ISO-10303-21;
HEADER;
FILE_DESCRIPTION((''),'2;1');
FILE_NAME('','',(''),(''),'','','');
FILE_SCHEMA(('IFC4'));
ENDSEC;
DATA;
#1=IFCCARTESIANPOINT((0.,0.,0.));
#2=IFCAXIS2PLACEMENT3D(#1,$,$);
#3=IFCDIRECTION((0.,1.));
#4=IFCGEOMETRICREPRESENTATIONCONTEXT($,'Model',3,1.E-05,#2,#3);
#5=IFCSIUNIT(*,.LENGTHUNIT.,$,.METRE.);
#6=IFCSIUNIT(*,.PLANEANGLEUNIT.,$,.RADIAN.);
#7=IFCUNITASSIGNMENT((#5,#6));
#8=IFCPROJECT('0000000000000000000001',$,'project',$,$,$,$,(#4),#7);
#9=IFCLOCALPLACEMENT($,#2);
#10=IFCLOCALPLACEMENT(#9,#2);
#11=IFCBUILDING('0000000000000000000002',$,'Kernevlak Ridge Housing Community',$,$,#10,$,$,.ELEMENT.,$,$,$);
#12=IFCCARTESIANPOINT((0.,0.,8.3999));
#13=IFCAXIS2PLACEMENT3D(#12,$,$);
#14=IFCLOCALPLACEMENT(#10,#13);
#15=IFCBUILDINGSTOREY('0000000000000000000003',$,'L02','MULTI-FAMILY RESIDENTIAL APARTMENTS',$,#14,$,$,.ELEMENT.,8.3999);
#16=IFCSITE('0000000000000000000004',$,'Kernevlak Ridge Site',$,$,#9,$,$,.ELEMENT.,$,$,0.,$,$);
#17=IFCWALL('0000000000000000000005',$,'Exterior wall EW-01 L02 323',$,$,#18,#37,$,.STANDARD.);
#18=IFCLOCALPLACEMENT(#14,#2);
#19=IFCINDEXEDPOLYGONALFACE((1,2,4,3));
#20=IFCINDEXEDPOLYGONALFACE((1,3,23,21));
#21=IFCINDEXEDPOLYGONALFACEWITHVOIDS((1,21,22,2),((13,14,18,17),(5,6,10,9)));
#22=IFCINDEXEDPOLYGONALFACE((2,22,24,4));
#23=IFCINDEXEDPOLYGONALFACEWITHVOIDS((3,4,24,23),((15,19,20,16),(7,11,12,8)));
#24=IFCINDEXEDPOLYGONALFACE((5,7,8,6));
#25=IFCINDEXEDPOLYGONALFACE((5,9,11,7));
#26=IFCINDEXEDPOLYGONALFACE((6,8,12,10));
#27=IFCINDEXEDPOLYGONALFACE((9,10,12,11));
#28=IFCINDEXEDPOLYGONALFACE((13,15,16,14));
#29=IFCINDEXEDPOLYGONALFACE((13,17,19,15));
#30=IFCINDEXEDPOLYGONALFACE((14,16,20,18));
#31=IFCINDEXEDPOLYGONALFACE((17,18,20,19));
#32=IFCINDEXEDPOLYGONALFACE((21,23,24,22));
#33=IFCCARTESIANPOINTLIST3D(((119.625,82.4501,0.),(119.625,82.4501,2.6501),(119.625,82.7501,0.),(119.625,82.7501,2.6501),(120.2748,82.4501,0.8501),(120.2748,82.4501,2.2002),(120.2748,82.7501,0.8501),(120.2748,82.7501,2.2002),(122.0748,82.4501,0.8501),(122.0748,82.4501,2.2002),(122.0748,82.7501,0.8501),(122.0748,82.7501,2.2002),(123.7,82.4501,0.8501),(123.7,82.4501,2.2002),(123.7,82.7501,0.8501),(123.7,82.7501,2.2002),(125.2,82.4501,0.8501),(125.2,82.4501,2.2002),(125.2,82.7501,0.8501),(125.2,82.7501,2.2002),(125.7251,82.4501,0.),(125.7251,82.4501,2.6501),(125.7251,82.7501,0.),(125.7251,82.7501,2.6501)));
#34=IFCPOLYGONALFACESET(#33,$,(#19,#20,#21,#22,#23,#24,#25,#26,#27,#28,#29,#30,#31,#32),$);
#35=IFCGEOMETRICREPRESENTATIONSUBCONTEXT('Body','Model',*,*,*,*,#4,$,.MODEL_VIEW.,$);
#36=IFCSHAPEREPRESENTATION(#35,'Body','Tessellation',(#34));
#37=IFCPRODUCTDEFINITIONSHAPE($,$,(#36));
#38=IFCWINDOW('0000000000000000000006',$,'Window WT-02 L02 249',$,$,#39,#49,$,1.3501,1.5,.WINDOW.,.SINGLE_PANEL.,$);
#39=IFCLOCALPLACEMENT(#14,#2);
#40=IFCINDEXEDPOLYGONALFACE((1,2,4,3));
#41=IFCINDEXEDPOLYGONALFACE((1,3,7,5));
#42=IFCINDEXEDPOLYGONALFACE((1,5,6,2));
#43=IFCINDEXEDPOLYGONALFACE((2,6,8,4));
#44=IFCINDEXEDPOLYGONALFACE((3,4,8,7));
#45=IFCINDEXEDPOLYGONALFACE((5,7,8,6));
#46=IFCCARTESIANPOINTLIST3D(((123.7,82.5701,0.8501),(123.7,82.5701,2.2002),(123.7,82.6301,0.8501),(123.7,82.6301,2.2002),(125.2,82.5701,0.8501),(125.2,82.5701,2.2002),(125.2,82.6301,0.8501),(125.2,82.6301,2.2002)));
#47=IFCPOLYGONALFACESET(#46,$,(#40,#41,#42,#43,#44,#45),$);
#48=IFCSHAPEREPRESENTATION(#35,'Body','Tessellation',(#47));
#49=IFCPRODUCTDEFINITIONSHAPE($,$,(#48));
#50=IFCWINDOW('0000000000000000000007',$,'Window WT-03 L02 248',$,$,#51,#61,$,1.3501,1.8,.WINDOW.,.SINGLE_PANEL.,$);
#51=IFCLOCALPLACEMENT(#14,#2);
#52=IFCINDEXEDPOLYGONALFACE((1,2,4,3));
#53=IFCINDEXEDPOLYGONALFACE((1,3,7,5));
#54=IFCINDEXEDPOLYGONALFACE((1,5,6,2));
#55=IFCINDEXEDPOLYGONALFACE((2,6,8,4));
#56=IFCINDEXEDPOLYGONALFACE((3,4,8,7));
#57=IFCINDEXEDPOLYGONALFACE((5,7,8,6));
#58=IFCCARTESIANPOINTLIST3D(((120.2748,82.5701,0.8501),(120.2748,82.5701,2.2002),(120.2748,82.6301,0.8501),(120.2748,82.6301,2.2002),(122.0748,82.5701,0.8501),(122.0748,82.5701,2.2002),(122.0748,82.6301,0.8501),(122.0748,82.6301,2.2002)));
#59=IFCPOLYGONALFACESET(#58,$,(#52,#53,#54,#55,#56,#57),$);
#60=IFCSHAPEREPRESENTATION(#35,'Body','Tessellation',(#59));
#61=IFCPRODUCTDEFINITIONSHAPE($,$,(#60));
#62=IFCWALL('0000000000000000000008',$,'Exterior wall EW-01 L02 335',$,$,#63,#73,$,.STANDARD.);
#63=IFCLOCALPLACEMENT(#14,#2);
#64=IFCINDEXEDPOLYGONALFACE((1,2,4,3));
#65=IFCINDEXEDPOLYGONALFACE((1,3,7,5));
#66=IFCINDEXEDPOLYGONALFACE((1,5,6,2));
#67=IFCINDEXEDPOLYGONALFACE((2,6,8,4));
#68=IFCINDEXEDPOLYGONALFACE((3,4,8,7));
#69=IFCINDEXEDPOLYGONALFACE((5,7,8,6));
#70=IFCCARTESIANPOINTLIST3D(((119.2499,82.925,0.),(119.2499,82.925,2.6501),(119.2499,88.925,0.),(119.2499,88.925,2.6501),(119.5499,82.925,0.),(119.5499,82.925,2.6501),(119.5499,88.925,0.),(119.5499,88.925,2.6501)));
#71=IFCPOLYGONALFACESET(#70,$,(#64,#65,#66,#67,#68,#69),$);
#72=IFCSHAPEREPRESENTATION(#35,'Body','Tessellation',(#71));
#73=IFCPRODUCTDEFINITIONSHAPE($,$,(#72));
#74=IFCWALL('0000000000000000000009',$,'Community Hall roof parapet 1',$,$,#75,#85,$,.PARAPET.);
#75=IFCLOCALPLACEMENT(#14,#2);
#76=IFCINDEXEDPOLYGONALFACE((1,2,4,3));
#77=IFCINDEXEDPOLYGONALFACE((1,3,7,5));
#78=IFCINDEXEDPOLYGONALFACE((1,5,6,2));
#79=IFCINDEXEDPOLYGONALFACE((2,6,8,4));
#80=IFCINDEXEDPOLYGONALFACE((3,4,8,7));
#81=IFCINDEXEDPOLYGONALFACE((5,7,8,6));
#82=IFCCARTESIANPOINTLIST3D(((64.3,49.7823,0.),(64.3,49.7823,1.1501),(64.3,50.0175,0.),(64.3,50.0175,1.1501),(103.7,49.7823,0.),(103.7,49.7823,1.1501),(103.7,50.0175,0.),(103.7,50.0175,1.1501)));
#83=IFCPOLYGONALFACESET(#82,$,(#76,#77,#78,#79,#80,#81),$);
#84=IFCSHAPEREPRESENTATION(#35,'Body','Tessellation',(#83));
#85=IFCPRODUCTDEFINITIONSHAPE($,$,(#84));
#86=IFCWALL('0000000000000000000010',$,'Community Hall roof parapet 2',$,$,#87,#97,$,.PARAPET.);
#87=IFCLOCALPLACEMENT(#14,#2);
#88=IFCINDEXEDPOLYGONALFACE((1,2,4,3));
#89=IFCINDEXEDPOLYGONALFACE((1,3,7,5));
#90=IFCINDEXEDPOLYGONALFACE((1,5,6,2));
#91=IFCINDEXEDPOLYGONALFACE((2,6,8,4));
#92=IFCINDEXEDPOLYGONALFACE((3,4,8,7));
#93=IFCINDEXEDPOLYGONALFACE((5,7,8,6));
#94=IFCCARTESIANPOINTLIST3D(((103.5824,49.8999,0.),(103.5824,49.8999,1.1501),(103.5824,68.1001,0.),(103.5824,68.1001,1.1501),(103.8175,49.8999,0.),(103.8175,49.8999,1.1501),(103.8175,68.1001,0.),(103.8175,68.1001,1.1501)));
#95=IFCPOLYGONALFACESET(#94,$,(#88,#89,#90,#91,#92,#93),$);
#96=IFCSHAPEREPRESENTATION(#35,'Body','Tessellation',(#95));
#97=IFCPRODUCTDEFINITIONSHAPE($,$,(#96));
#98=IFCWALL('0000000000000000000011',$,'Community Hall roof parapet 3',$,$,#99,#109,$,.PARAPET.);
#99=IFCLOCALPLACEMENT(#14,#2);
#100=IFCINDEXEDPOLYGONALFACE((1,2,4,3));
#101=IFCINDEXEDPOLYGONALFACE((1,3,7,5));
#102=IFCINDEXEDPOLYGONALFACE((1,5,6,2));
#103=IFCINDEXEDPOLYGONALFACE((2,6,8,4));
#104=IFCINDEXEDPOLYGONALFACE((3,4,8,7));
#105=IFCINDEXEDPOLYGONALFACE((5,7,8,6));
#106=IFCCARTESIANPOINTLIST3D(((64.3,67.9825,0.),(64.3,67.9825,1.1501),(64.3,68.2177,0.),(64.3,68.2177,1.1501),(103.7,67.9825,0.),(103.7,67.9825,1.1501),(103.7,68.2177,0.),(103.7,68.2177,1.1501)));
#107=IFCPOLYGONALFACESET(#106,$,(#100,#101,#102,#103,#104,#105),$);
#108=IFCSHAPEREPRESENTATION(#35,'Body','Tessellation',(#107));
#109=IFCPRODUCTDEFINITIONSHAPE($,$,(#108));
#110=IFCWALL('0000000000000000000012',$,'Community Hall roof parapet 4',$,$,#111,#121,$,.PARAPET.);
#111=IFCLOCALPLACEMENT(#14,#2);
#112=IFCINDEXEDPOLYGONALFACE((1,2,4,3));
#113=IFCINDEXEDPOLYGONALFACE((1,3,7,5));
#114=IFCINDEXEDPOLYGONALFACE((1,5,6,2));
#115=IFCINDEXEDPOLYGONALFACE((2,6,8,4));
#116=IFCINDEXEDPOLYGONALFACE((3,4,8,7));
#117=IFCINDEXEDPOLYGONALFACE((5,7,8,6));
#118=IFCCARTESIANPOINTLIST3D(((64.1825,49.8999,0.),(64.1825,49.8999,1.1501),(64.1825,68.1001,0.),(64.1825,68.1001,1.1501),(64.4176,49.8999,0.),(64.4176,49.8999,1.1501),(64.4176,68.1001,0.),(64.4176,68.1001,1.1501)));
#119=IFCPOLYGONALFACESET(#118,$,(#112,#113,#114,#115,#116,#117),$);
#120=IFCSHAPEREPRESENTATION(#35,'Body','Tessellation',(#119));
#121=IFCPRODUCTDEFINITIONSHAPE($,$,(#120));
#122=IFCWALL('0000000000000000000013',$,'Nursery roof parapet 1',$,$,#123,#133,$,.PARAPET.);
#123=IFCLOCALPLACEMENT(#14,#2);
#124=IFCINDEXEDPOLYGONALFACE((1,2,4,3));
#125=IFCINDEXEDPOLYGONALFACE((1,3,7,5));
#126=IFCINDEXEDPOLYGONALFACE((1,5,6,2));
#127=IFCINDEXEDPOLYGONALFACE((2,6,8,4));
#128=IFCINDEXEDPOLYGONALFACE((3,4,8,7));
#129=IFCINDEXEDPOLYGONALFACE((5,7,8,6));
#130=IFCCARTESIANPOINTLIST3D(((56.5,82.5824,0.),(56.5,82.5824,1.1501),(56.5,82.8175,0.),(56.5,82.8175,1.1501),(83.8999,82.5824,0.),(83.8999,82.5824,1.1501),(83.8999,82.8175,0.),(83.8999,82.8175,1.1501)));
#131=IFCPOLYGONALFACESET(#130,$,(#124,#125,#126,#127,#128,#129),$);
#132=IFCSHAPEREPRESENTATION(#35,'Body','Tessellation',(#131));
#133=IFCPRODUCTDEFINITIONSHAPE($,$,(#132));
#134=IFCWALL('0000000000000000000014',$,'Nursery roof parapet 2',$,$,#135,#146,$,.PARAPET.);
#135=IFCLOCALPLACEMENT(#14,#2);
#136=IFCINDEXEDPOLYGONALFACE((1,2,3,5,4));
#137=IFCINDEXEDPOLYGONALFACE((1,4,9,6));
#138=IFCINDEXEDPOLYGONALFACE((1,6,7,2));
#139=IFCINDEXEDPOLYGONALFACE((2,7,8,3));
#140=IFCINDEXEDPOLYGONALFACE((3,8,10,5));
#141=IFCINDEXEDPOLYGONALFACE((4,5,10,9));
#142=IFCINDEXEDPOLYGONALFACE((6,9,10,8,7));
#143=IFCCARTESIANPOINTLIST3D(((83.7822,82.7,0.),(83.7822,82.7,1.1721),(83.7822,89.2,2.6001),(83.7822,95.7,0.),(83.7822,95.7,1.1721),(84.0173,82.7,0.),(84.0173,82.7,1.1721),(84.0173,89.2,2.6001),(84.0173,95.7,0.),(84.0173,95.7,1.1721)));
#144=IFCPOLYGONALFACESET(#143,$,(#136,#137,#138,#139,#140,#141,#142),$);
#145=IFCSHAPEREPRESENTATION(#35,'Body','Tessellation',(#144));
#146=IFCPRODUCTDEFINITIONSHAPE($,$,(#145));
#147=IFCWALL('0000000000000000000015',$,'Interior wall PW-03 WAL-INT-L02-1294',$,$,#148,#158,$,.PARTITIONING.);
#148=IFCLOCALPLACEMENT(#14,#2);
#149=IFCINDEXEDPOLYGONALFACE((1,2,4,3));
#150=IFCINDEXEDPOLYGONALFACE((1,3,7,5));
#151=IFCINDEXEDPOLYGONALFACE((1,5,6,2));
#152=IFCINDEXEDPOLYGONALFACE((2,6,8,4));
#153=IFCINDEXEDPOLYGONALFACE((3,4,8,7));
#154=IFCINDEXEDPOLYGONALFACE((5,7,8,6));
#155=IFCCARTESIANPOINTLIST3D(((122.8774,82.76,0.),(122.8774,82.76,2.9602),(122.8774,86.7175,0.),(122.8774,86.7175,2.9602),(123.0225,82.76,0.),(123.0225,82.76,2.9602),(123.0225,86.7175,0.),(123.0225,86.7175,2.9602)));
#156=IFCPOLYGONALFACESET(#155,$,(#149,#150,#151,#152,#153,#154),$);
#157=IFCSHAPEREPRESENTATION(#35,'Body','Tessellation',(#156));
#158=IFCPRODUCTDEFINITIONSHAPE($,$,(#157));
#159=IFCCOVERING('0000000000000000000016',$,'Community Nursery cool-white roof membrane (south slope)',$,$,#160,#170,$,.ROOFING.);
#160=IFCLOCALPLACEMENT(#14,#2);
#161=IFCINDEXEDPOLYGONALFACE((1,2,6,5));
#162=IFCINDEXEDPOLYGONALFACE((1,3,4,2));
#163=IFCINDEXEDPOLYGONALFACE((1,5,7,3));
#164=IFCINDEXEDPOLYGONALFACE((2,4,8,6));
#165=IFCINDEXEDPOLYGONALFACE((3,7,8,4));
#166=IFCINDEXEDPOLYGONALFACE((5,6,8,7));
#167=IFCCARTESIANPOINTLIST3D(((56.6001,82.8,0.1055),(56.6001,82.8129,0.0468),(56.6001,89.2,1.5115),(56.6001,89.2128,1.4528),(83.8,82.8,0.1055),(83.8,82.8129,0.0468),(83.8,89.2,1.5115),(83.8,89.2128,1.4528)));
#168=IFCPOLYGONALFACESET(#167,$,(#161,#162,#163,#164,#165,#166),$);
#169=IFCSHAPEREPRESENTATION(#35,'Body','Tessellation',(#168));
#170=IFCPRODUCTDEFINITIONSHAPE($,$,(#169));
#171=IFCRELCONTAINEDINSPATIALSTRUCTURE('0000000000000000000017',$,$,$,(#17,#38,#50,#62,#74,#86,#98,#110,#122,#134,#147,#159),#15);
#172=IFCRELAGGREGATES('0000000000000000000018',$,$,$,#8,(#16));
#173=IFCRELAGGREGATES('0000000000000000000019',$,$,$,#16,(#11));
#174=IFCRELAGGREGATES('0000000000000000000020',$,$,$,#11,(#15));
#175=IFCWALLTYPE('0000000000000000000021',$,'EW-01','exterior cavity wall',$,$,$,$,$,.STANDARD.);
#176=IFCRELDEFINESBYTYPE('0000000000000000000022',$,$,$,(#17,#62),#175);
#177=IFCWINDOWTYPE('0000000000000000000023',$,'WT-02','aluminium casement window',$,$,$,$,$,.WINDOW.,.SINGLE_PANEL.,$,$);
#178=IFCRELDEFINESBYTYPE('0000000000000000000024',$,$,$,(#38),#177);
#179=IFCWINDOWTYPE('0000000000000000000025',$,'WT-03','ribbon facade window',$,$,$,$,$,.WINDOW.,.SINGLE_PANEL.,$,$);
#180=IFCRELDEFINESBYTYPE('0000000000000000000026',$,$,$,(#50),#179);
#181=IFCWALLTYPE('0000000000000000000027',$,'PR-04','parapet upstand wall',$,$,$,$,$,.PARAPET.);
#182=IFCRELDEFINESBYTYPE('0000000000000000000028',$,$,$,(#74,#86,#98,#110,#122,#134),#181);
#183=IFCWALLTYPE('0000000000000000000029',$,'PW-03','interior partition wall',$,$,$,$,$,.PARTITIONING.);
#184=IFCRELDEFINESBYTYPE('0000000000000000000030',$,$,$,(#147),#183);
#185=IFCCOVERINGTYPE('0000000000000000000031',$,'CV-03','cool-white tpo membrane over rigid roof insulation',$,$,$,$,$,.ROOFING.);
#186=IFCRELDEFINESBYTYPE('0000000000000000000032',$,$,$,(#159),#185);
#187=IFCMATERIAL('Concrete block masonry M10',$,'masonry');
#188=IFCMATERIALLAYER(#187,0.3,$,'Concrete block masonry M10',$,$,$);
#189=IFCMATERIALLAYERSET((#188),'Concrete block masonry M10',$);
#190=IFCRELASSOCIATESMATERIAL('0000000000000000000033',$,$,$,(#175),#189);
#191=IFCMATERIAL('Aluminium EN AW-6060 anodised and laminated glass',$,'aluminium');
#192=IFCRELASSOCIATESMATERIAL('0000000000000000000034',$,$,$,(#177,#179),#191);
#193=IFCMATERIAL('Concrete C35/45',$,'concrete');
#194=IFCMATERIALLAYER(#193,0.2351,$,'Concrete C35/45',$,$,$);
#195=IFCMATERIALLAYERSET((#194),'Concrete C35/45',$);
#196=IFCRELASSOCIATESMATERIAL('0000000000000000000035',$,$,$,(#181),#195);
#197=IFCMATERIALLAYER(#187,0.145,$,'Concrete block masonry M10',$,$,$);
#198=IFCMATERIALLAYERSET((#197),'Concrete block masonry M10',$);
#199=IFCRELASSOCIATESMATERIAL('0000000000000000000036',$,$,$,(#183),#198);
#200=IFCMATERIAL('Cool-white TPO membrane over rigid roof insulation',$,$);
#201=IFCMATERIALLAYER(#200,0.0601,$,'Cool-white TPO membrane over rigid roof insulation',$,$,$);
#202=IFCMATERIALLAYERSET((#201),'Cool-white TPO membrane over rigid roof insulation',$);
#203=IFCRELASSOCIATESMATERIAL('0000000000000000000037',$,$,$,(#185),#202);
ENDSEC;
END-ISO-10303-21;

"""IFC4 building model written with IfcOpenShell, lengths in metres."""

from ifc_helpers import new_model, si_unit, direction, frame, frame_2d, origin, place, context, subcontext, project, spatial, polyline, rectangle, outline, extrude, material, layer, layer_set, type_object, element, fill, save


model = new_model("IFC4")

# Units and contexts
model_context = context("Model", 3, precision=1e-05, world=origin(), true_north=direction((0.0, 1.0)))
body_context = subcontext(model_context, "Body", "Model", "MODEL_VIEW")
ifc_project = project(units=[si_unit("LENGTHUNIT", "METRE"), si_unit("PLANEANGLEUNIT", "RADIAN")], contexts=[model_context])

# Site, building, storey
site_placement = place(None, origin())
site = spatial("IfcSite", under=ifc_project, at=site_placement, Name="Kernevlak Ridge Site", CompositionType="ELEMENT", RefElevation=0.0)
building_placement = place(site_placement, origin())
building = spatial("IfcBuilding", under=site, at=building_placement, Name="Kernevlak Ridge Housing Community", CompositionType="ELEMENT")
storey_placement = place(building_placement, frame((0.0, 0.0, 8.3999)))
storey = spatial("IfcBuildingStorey", under=building, at=storey_placement, Name="L02", Description="MULTI-FAMILY RESIDENTIAL APARTMENTS", CompositionType="ELEMENT", Elevation=8.3999)

# Shared definitions
ifc_material_1 = material(Name="Concrete C35/45", Category="concrete")

# Shared definitions
ifc_material_2 = material(Name="Aluminium EN AW-6060 anodised and laminated glass", Category="aluminium")

# Wall, openings, windows
ifc_material_3 = material(Name="Concrete block masonry M10", Category="masonry")
ifc_layer_1 = layer(ifc_material_3, 0.3, Name="Concrete block masonry M10")
ifc_layer_set_1 = layer_set([ifc_layer_1], Name="Concrete block masonry M10")
wall_type_1 = type_object("IfcWallType", Name="EW-01", Description="exterior cavity wall", PredefinedType="STANDARD", material=ifc_layer_set_1)
wall_1_placement = place(storey_placement, frame((119.625, 82.6001, 0.0), z_axis=(0.0, 0.0, 1.0), x_axis=(1.0, 0.0, 0.0)))
wall_1 = element("IfcWall", 1, at=wall_1_placement, inside=storey, type_object=wall_type_1, Name="Exterior wall EW-01 L02 323", PredefinedType="STANDARD", context=body_context, shape_type="SweptSolid", body=[
    extrude(rectangle(XDim=6.1001, YDim=0.3, at=frame_2d((3.05, 0.0))), origin(), (0.0, 0.0, 1.0), 2.6501),
])
opening_1_placement = place(wall_1_placement, frame((0.6499, 0.0, 0.8501)))
opening_1 = element("IfcOpeningElement", 2, at=opening_1_placement, cuts=wall_1, PredefinedType="OPENING", context=body_context, shape_type="SweptSolid", body=[
    extrude(rectangle(XDim=1.8, YDim=1.3501, at=frame_2d((0.8999, 0.675))), frame((0.0, 0.1599, 0.0), z_axis=(0.0, -1.0, 0.0), x_axis=(1.0, 0.0, 0.0)), (0.0, 0.0, 1.0), 0.3201),
])
opening_2_placement = place(wall_1_placement, frame((4.075, 0.0, 0.8501)))
opening_2 = element("IfcOpeningElement", 3, at=opening_2_placement, cuts=wall_1, PredefinedType="OPENING", context=body_context, shape_type="SweptSolid", body=[
    extrude(rectangle(XDim=1.5, YDim=1.3501, at=frame_2d((0.75, 0.675))), frame((0.0, 0.1599, 0.0), z_axis=(0.0, -1.0, 0.0), x_axis=(1.0, 0.0, 0.0)), (0.0, 0.0, 1.0), 0.3201),
])
window_type_1 = type_object("IfcWindowType", Name="WT-02", Description="aluminium casement window", PartitioningType="SINGLE_PANEL", PredefinedType="WINDOW", material=ifc_material_2)
window_1_placement = place(opening_2_placement, origin())
window_1 = element("IfcWindow", 4, at=window_1_placement, inside=storey, type_object=window_type_1, Name="Window WT-02 L02 249", OverallHeight=1.3501, OverallWidth=1.5, PartitioningType="SINGLE_PANEL", PredefinedType="WINDOW", context=body_context, shape_type="SweptSolid", body=[
    extrude(rectangle(XDim=1.5, YDim=1.3501, at=frame_2d((0.75, 0.675))), frame((0.0, 0.03, 0.0), z_axis=(0.0, -1.0, 0.0), x_axis=(1.0, 0.0, 0.0)), (0.0, 0.0, 1.0), 0.0601),
])
fill(opening_2, window_1)
window_type_2 = type_object("IfcWindowType", Name="WT-03", Description="ribbon facade window", PartitioningType="SINGLE_PANEL", PredefinedType="WINDOW", material=ifc_material_2)
window_2_placement = place(opening_1_placement, origin())
window_2 = element("IfcWindow", 5, at=window_2_placement, inside=storey, type_object=window_type_2, Name="Window WT-03 L02 248", OverallHeight=1.3501, OverallWidth=1.8, PartitioningType="SINGLE_PANEL", PredefinedType="WINDOW", context=body_context, shape_type="SweptSolid", body=[
    extrude(rectangle(XDim=1.8, YDim=1.3501, at=frame_2d((0.8999, 0.675))), frame((0.0, 0.03, 0.0), z_axis=(0.0, -1.0, 0.0), x_axis=(1.0, 0.0, 0.0)), (0.0, 0.0, 1.0), 0.0601),
])
fill(opening_1, window_2)

# Walls
wall_2_placement = place(storey_placement, frame((119.3999, 82.925, 0.0), z_axis=(0.0, 0.0, 1.0), x_axis=(0.0, 1.0, 0.0)))
element("IfcWall", 6, at=wall_2_placement, inside=storey, type_object=wall_type_1, Name="Exterior wall EW-01 L02 335", PredefinedType="STANDARD", context=body_context, shape_type="SweptSolid", body=[
    extrude(rectangle(XDim=6.0, YDim=0.3, at=frame_2d((3.0, 0.0))), origin(), (0.0, 0.0, 1.0), 2.6501),
])
ifc_layer_2 = layer(ifc_material_1, 0.2351, Name="Concrete C35/45")
ifc_layer_set_2 = layer_set([ifc_layer_2], Name="Concrete C35/45")
wall_type_2 = type_object("IfcWallType", Name="PR-04", Description="parapet upstand wall", PredefinedType="PARAPET", material=ifc_layer_set_2)
wall_3_placement = place(storey_placement, frame((64.3, 49.8999, 0.0), z_axis=(0.0, 0.0, 1.0), x_axis=(1.0, 0.0, 0.0)))
element("IfcWall", 7, at=wall_3_placement, inside=storey, type_object=wall_type_2, Name="Community Hall roof parapet 1", PredefinedType="PARAPET", context=body_context, shape_type="SweptSolid", body=[
    extrude(rectangle(XDim=39.3999, YDim=0.2351, at=frame_2d((19.7, 0.0))), origin(), (0.0, 0.0, 1.0), 1.1501),
])
wall_4_placement = place(storey_placement, frame((103.7, 49.8999, 0.0), z_axis=(0.0, 0.0, 1.0), x_axis=(0.0, 1.0, 0.0)))
element("IfcWall", 8, at=wall_4_placement, inside=storey, type_object=wall_type_2, Name="Community Hall roof parapet 2", PredefinedType="PARAPET", context=body_context, shape_type="SweptSolid", body=[
    extrude(rectangle(XDim=18.2002, YDim=0.2351, at=frame_2d((9.1001, 0.0))), origin(), (0.0, 0.0, 1.0), 1.1501),
])
wall_5_placement = place(storey_placement, frame((103.7, 68.1001, 0.0), z_axis=(0.0, 0.0, 1.0), x_axis=(-1.0, 0.0, 0.0)))
element("IfcWall", 9, at=wall_5_placement, inside=storey, type_object=wall_type_2, Name="Community Hall roof parapet 3", PredefinedType="PARAPET", context=body_context, shape_type="SweptSolid", body=[
    extrude(rectangle(XDim=39.3999, YDim=0.2351, at=frame_2d((19.7, 0.0))), origin(), (0.0, 0.0, 1.0), 1.1501),
])
wall_6_placement = place(storey_placement, frame((64.3, 68.1001, 0.0), z_axis=(0.0, 0.0, 1.0), x_axis=(0.0, -1.0, 0.0)))
element("IfcWall", 10, at=wall_6_placement, inside=storey, type_object=wall_type_2, Name="Community Hall roof parapet 4", PredefinedType="PARAPET", context=body_context, shape_type="SweptSolid", body=[
    extrude(rectangle(XDim=18.2002, YDim=0.2351, at=frame_2d((9.1001, 0.0))), origin(), (0.0, 0.0, 1.0), 1.1501),
])
wall_7_placement = place(storey_placement, frame((56.5, 82.7, 0.0), z_axis=(0.0, 0.0, 1.0), x_axis=(1.0, 0.0, 0.0)))
element("IfcWall", 11, at=wall_7_placement, inside=storey, type_object=wall_type_2, Name="Nursery roof parapet 1", PredefinedType="PARAPET", context=body_context, shape_type="SweptSolid", body=[
    extrude(rectangle(XDim=27.3999, YDim=0.2351, at=frame_2d((13.7, 0.0))), origin(), (0.0, 0.0, 1.0), 1.1501),
])
wall_8_placement = place(storey_placement, frame((83.8999, 82.7, 0.0), z_axis=(0.0, 0.0, 1.0), x_axis=(0.0, 1.0, 0.0)))
element("IfcWall", 12, at=wall_8_placement, inside=storey, type_object=wall_type_2, Name="Nursery roof parapet 2", PredefinedType="PARAPET", context=body_context, shape_type="SweptSolid", body=[
    extrude(outline(polyline([(0.0, 0.0), (13.0, 0.0), (13.0, 1.1721), (6.5, 2.6001), (0.0, 1.1721), (0.0, 0.0)])), frame((0.0, 0.1177, 0.0), z_axis=(0.0, -1.0, 0.0), x_axis=(1.0, 0.0, 0.0)), (0.0, 0.0, 1.0), 0.2351),
])
ifc_layer_3 = layer(ifc_material_3, 0.145, Name="Concrete block masonry M10")
ifc_layer_set_3 = layer_set([ifc_layer_3], Name="Concrete block masonry M10")
wall_type_3 = type_object("IfcWallType", Name="PW-03", Description="interior partition wall", PredefinedType="PARTITIONING", material=ifc_layer_set_3)
wall_9_placement = place(storey_placement, frame((122.95, 86.7175, 0.0), z_axis=(0.0, 0.0, 1.0), x_axis=(0.0, -1.0, 0.0)))
element("IfcWall", 13, at=wall_9_placement, inside=storey, type_object=wall_type_3, Name="Interior wall PW-03 WAL-INT-L02-1294", PredefinedType="PARTITIONING", context=body_context, shape_type="SweptSolid", body=[
    extrude(rectangle(XDim=3.9575, YDim=0.145, at=frame_2d((1.9788, 0.0))), origin(), (0.0, 0.0, 1.0), 2.9602),
])

# Covering
ifc_material_4 = material(Name="Cool-white TPO membrane over rigid roof insulation")
ifc_layer_4 = layer(ifc_material_4, 0.0601, Name="Cool-white TPO membrane over rigid roof insulation")
ifc_layer_set_4 = layer_set([ifc_layer_4], Name="Cool-white TPO membrane over rigid roof insulation")
covering_type_1 = type_object("IfcCoveringType", Name="CV-03", Description="cool-white tpo membrane over rigid roof insulation", PredefinedType="ROOFING", material=ifc_layer_set_4)
covering_placement = place(storey_placement, frame((56.6001, 82.8, 0.1055), z_axis=(0.0, -0.214575, 0.976708), x_axis=(1.0, 0.0, 0.0)))
element("IfcCovering", 14, at=covering_placement, inside=storey, type_object=covering_type_1, Name="Community Nursery cool-white roof membrane (south slope)", PredefinedType="ROOFING", context=body_context, shape_type="SweptSolid", body=[
    extrude(outline(polyline([(0.0, 0.0), (27.2, 0.0), (27.2, 6.5525), (0.0, 6.5525), (0.0, 0.0)])), origin(), (0.0, 0.0, -1.0), 0.0601),
])

save(model, "model.ifc")
